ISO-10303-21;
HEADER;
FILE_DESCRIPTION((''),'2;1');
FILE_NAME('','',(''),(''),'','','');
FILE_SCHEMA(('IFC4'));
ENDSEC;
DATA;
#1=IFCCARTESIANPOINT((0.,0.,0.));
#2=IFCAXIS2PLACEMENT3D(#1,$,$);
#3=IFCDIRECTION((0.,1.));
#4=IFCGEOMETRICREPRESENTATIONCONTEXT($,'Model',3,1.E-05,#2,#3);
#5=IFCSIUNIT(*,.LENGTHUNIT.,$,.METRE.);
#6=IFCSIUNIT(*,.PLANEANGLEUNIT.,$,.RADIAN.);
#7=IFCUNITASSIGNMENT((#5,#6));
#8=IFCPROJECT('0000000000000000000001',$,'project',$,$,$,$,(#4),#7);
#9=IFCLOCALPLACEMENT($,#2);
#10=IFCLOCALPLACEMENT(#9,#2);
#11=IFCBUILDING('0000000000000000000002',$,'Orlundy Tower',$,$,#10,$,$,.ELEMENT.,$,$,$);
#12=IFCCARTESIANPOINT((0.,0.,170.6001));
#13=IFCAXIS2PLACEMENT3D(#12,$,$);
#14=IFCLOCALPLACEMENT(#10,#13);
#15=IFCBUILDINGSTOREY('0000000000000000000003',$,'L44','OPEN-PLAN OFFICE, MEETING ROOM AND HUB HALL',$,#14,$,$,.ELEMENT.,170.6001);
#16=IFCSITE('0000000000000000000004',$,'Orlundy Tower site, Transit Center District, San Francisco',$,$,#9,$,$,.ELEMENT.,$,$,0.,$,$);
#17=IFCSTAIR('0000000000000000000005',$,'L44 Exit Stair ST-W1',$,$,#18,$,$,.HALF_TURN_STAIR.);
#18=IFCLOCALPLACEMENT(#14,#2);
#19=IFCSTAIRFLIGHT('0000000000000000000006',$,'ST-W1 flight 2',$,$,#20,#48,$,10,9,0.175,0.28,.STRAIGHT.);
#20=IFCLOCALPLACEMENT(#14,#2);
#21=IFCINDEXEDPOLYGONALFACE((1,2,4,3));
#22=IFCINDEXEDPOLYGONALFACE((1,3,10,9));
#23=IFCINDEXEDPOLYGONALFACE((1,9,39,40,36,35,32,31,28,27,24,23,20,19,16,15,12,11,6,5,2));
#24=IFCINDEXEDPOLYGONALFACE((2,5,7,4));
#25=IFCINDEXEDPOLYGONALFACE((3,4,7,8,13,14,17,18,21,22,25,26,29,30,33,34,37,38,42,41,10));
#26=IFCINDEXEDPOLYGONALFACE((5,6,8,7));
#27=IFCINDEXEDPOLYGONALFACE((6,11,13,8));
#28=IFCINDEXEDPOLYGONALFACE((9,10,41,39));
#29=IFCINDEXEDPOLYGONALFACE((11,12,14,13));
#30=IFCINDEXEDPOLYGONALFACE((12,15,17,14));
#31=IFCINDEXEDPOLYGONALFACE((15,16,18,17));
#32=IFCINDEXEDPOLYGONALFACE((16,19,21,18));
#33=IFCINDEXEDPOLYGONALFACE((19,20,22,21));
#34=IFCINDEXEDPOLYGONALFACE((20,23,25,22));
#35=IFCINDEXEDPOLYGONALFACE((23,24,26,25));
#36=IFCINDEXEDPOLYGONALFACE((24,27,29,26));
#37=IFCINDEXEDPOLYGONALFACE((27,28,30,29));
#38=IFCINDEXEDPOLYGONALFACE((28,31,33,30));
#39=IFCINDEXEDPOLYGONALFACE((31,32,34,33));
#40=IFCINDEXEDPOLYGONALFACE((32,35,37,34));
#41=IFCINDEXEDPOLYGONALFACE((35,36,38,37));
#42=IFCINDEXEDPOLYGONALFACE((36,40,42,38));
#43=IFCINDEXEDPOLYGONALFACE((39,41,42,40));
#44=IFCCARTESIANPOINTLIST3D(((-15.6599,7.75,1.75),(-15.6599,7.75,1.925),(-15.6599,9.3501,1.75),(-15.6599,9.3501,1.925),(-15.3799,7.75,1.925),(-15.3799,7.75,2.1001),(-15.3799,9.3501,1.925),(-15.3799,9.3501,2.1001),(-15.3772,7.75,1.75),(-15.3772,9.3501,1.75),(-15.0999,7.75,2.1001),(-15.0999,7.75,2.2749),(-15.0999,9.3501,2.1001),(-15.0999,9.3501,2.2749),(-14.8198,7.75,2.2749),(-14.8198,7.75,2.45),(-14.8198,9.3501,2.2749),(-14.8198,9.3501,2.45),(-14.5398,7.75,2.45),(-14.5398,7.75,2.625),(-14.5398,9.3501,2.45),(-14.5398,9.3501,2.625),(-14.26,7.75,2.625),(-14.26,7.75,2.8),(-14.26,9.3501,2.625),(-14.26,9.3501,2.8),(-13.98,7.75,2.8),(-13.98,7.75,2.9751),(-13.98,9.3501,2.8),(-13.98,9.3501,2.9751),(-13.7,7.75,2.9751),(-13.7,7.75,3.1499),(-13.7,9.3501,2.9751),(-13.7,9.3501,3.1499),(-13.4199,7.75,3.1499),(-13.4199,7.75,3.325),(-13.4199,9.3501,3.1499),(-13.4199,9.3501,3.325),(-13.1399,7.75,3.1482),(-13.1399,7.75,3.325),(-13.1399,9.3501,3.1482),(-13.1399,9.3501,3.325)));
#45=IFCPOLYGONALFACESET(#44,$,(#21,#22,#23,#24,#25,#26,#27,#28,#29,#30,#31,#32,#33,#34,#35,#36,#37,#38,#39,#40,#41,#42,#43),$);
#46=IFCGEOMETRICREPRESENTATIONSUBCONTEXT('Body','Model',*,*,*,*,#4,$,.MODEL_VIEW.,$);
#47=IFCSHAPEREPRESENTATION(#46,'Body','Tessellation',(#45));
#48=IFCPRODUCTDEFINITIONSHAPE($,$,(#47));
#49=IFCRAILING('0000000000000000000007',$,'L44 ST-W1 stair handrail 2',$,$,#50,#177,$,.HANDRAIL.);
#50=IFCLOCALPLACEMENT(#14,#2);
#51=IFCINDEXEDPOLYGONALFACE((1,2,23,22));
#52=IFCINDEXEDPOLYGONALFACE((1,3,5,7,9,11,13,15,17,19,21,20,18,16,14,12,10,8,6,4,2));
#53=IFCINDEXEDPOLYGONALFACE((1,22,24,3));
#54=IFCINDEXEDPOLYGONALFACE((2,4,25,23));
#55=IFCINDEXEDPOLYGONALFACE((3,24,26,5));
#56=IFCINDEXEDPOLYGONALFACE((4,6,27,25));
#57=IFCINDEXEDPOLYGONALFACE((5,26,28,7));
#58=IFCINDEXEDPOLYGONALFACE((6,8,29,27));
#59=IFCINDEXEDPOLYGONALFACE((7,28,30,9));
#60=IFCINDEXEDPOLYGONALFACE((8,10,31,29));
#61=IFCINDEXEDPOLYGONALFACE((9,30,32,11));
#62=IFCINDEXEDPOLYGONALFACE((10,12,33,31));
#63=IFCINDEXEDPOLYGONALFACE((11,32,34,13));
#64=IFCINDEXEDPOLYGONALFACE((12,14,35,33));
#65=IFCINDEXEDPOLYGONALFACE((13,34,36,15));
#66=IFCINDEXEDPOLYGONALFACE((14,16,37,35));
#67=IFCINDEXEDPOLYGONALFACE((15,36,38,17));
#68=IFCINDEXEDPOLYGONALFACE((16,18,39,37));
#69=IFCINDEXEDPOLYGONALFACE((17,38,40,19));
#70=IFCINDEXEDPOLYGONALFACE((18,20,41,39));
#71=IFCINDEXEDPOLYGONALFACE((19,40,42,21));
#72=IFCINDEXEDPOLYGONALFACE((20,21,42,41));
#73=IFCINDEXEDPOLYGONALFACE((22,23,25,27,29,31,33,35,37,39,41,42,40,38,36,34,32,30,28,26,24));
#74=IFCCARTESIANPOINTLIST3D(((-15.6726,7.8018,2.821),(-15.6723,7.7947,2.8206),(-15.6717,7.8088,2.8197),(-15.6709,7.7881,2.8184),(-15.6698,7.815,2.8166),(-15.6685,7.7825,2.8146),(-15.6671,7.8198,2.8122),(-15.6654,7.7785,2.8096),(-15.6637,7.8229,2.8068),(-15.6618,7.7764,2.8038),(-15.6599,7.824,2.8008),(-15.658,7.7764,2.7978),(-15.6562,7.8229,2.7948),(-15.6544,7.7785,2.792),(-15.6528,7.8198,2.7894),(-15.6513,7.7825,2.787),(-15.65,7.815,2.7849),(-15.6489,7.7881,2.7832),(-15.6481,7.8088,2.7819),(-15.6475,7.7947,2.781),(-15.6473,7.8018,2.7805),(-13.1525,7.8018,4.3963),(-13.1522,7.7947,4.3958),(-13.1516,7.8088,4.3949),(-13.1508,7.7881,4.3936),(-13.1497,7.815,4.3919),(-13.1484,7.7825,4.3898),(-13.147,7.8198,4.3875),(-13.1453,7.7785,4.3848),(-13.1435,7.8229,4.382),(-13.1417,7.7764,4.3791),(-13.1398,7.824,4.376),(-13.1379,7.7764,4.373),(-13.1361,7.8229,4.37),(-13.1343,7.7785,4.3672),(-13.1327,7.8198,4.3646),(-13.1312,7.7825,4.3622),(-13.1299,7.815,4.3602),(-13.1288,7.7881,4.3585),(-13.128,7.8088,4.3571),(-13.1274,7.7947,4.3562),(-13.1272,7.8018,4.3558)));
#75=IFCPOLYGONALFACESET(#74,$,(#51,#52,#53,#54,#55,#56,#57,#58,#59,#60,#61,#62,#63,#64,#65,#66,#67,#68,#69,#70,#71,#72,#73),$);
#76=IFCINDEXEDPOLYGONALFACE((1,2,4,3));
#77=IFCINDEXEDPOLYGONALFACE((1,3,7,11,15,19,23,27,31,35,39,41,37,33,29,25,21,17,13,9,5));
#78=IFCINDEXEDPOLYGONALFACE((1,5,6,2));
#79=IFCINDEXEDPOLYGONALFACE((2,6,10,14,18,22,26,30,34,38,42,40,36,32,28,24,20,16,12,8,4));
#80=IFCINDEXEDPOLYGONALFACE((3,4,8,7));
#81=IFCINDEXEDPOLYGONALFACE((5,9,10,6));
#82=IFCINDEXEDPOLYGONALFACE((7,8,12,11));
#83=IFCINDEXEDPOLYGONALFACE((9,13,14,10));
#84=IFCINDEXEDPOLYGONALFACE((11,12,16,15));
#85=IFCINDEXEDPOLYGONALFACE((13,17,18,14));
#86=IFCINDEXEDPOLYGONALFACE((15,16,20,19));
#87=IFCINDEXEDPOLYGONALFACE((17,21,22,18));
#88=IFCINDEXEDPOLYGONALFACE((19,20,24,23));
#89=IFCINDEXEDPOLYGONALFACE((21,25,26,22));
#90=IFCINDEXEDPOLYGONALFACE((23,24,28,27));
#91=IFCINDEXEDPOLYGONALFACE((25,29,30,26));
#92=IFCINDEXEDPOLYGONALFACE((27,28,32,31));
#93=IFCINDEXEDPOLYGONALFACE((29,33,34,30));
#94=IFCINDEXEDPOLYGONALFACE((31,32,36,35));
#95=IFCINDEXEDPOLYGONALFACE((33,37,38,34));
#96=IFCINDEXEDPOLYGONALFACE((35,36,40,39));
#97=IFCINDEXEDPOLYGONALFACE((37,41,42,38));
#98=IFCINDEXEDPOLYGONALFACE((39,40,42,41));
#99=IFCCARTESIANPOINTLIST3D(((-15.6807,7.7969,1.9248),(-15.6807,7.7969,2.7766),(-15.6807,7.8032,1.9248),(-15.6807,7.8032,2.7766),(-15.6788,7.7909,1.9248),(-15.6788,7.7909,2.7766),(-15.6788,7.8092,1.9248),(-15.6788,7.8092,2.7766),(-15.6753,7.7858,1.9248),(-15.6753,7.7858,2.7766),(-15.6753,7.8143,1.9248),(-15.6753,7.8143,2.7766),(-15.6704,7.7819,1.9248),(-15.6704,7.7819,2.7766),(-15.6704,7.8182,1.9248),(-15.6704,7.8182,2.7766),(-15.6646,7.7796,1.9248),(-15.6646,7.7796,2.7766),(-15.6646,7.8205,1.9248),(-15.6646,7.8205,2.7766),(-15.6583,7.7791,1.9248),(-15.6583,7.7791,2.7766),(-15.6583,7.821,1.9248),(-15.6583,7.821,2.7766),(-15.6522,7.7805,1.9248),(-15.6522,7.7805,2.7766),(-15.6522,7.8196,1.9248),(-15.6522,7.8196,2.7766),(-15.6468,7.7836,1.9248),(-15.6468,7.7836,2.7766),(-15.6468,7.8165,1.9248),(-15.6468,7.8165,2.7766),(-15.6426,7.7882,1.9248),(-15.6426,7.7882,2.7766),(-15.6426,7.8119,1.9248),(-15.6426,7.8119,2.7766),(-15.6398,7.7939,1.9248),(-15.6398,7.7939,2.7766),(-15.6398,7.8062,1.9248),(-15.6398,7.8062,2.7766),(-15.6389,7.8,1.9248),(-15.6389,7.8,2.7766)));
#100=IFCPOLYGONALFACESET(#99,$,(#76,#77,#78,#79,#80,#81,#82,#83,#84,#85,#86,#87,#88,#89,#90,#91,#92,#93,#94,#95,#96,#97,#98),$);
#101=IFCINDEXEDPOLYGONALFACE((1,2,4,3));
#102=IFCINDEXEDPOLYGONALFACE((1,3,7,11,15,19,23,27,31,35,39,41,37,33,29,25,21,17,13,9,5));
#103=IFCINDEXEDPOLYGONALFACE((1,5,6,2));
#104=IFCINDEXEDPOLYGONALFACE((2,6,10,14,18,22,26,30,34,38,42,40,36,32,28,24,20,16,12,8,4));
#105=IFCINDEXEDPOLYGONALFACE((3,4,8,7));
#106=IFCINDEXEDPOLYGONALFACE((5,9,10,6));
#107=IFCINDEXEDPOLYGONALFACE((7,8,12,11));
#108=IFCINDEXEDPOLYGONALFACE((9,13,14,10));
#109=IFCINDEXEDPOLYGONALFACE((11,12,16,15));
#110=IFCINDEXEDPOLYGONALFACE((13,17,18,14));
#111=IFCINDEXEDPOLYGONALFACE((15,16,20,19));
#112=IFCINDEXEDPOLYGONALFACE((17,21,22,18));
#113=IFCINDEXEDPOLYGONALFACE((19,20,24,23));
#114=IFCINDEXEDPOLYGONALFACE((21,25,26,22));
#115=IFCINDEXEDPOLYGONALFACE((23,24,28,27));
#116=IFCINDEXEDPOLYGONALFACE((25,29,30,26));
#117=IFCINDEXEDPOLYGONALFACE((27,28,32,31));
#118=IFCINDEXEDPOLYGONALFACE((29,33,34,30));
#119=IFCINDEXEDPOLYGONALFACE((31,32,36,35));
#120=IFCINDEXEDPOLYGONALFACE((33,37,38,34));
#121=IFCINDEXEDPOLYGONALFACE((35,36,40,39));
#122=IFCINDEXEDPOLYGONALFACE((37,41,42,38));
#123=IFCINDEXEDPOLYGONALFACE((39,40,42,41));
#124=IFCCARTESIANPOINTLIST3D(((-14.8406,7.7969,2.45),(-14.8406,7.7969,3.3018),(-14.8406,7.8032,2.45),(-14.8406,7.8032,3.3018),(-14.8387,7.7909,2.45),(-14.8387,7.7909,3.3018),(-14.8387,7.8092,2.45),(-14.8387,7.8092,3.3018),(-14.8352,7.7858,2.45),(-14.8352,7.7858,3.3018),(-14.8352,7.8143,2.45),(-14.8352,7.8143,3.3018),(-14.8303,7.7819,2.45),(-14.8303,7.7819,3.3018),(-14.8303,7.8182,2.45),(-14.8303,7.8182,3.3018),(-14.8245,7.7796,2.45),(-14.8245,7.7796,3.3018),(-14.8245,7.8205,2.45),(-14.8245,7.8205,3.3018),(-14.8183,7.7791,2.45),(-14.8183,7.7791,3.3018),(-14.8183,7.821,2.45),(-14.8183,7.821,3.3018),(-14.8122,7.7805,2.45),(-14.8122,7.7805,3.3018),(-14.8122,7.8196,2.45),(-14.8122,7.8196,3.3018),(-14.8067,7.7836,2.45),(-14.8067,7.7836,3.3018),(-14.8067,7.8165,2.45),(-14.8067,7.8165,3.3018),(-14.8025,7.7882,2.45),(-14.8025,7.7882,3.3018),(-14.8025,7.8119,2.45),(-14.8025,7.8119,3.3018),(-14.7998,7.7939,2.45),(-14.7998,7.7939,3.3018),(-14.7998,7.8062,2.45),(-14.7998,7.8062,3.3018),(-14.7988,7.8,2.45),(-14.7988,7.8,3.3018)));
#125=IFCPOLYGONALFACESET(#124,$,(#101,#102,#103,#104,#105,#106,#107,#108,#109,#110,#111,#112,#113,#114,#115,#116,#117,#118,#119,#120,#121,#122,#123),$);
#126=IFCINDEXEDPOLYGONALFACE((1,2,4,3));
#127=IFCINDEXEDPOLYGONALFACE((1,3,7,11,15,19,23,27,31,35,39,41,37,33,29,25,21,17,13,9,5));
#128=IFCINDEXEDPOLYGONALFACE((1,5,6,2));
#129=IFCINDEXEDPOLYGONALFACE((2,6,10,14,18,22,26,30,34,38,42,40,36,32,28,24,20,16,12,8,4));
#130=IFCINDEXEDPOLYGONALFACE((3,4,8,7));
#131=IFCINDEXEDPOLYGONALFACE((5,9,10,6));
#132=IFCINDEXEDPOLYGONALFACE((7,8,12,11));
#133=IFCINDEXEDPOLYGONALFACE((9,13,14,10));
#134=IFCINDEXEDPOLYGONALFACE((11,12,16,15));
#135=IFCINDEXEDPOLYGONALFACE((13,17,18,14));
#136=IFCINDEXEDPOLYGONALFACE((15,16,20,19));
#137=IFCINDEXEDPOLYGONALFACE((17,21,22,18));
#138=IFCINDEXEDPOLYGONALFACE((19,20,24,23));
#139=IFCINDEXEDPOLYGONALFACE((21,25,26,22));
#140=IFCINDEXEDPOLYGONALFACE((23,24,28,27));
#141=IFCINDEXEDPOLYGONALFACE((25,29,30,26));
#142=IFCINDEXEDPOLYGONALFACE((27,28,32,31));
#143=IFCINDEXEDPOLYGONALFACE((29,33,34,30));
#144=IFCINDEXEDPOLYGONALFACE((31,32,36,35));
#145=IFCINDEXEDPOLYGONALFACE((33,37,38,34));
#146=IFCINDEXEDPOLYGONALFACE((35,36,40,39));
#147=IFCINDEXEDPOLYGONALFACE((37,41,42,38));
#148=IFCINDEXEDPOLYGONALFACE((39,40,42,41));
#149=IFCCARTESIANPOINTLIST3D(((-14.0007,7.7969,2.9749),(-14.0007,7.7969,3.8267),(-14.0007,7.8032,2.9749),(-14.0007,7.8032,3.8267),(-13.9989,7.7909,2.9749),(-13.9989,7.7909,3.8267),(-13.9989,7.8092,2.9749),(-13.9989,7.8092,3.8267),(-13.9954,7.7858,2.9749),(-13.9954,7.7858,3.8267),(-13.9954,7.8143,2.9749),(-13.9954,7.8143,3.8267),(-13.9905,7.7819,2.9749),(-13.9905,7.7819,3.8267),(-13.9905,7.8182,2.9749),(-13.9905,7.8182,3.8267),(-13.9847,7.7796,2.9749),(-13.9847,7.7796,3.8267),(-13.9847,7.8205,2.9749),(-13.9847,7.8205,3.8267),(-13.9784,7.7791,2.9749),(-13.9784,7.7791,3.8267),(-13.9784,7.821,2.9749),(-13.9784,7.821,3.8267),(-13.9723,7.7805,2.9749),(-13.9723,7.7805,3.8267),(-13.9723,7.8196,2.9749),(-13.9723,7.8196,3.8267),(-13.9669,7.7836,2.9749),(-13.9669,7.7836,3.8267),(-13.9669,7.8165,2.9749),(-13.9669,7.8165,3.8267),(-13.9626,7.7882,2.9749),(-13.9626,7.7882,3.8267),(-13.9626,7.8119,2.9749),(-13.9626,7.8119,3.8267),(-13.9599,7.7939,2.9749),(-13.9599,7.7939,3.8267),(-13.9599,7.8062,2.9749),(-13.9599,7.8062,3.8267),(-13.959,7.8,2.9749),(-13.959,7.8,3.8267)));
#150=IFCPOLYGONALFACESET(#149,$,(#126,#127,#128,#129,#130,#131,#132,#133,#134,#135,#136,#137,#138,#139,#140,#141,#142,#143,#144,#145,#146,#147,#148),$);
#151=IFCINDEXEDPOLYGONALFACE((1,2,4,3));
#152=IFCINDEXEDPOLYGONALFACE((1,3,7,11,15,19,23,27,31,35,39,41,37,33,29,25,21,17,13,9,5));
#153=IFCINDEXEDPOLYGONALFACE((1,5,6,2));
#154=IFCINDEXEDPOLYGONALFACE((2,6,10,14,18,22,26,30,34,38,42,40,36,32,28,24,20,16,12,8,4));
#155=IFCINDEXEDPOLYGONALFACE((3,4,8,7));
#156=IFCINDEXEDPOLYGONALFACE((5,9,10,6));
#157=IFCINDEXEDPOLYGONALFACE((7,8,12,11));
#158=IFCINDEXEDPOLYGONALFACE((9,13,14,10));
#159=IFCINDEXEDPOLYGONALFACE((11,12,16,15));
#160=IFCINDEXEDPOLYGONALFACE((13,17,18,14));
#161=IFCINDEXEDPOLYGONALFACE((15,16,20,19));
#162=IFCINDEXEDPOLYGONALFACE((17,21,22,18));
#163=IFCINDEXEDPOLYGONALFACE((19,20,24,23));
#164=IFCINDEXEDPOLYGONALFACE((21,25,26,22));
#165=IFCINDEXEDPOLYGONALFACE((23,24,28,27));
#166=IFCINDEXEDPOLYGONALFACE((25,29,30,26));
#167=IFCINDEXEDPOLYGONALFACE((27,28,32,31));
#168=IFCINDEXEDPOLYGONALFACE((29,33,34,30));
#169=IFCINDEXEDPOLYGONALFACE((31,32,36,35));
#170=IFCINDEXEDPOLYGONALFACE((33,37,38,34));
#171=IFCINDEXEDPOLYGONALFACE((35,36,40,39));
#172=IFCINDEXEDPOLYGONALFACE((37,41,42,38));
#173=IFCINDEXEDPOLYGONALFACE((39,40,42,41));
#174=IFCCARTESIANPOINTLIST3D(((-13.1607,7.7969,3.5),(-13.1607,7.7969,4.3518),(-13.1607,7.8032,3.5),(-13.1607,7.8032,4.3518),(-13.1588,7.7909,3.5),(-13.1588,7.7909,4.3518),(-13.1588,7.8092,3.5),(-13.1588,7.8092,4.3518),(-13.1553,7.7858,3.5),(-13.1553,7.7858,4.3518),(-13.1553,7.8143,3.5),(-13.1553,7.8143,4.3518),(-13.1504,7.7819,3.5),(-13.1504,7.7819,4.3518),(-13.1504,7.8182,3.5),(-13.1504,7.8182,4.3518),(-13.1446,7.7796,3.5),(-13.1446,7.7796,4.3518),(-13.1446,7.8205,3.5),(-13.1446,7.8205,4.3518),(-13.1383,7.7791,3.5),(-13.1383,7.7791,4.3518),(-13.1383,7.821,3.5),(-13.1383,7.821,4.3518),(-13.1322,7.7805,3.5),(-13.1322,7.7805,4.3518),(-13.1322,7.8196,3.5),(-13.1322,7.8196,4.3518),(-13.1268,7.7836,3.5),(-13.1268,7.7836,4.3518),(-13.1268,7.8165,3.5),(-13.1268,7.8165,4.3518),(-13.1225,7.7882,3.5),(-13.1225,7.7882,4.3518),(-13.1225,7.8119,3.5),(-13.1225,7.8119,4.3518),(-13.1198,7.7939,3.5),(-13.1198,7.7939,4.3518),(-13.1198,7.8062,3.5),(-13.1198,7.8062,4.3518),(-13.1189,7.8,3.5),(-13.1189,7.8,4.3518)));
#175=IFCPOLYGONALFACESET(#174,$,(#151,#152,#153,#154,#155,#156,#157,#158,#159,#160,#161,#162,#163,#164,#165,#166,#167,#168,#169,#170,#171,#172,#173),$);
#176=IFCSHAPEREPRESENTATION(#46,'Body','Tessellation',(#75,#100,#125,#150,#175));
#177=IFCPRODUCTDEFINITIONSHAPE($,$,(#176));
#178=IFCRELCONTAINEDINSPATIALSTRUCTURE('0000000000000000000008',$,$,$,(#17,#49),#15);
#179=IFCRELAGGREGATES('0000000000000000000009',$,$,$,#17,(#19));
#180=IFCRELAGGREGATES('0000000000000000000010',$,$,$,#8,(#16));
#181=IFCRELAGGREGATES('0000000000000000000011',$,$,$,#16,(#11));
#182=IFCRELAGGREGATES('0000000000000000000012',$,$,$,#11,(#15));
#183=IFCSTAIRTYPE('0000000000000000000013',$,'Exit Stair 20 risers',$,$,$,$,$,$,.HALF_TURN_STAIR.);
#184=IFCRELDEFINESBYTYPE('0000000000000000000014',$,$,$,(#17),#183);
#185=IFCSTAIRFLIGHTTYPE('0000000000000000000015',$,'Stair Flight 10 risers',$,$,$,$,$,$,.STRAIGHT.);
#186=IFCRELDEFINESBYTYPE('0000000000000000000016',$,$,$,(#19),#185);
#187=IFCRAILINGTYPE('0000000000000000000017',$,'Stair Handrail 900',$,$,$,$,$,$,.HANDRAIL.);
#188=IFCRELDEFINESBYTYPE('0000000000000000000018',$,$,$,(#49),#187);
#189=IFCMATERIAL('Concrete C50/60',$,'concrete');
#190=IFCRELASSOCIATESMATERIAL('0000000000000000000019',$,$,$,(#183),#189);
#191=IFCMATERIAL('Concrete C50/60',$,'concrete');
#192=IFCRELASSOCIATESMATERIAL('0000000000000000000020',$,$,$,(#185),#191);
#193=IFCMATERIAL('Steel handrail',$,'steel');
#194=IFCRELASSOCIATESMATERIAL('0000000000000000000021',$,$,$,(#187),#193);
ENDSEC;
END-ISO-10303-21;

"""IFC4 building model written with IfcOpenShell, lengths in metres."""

from ifc_helpers import new_model, si_unit, direction, frame, origin, origin_2d, place, context, subcontext, project, spatial, polyline, circle, outline, extrude, material, type_object, element, aggregate, save


model = new_model("IFC4")

# Units and contexts
model_context = context("Model", 3, precision=1e-05, world=origin(), true_north=direction((0.0, 1.0)))
body_context = subcontext(model_context, "Body", "Model", "MODEL_VIEW")
ifc_project = project(units=[si_unit("LENGTHUNIT", "METRE"), si_unit("PLANEANGLEUNIT", "RADIAN")], contexts=[model_context])

# Site, building, storey
site_placement = place(None, origin())
site = spatial("IfcSite", under=ifc_project, at=site_placement, Name="Orlundy Tower site, Transit Center District, San Francisco", CompositionType="ELEMENT", RefElevation=0.0)
building_placement = place(site_placement, origin())
building = spatial("IfcBuilding", under=site, at=building_placement, Name="Orlundy Tower", CompositionType="ELEMENT")
storey_placement = place(building_placement, frame((0.0, 0.0, 170.6001)))
storey = spatial("IfcBuildingStorey", under=building, at=storey_placement, Name="L44", Description="OPEN-PLAN OFFICE, MEETING ROOM AND HUB HALL", CompositionType="ELEMENT", Elevation=170.6001)

# Stair, stair flight
ifc_material_1 = material(Name="Concrete C50/60", Category="concrete")
stair_type = type_object("IfcStairType", Name="Exit Stair 20 risers", PredefinedType="HALF_TURN_STAIR", material=ifc_material_1)
stair_placement = place(storey_placement, origin())
stair = element("IfcStair", 1, at=stair_placement, inside=storey, type_object=stair_type, Name="L44 Exit Stair ST-W1", PredefinedType="HALF_TURN_STAIR")
ifc_material_2 = material(Name="Concrete C50/60", Category="concrete")
stair_flight_type = type_object("IfcStairFlightType", Name="Stair Flight 10 risers", PredefinedType="STRAIGHT", material=ifc_material_2)
stair_flight_placement = place(storey_placement, frame((-15.6599, 8.55, 1.75), z_axis=(0.0, 0.0, 1.0), x_axis=(1.0, 0.0, 0.0)))
stair_flight = element("IfcStairFlight", 2, at=stair_flight_placement, type_object=stair_flight_type, Name="ST-W1 flight 2", NumberOfRisers=10, NumberOfTreads=9, PredefinedType="STRAIGHT", RiserHeight=0.175, TreadLength=0.28, context=body_context, shape_type="SweptSolid", body=[
    extrude(outline(polyline([(0.0, 0.0), (0.0, 0.175), (0.28, 0.175), (0.28, 0.3501), (0.5601, 0.3501), (0.5601, 0.5249), (0.8401, 0.5249), (0.8401, 0.7), (1.1201, 0.7), (1.1201, 0.875), (1.3999, 0.875), (1.3999, 1.05), (1.6799, 1.05), (1.6799, 1.2251), (1.96, 1.2251), (1.96, 1.3999), (2.24, 1.3999), (2.24, 1.575), (2.52, 1.575), (2.52, 1.75), (2.52, 1.3982), (0.2827, 0.0), (0.0, 0.0)])), frame((0.0, 0.8, 0.0), z_axis=(0.0, -1.0, 0.0), x_axis=(1.0, 0.0, 0.0)), (0.0, 0.0, 1.0), 1.6001),
])
aggregate(stair, [stair_flight])

# Railing
ifc_material_3 = material(Name="Steel handrail", Category="steel")
railing_type = type_object("IfcRailingType", Name="Stair Handrail 900", PredefinedType="HANDRAIL", material=ifc_material_3)
railing_placement = place(storey_placement, frame((-15.6599, 7.8, 1.9248)))
element("IfcRailing", 3, at=railing_placement, inside=storey, type_object=railing_type, Name="L44 ST-W1 stair handrail 2", PredefinedType="HANDRAIL", context=body_context, shape_type="SweptSolid", body=[
    extrude(circle(Radius=0.0239, at=origin_2d()), frame((0.0, 0.0, 0.876), z_axis=(0.847971, 0.0, 0.530043), x_axis=(0.0, 1.0, 0.0)), (0.0, 0.0, 1.0), 2.9719),
    extrude(circle(Radius=0.021, at=origin_2d()), origin(), (0.0, 0.0, 1.0), 0.8518),
    extrude(circle(Radius=0.021, at=origin_2d()), frame((0.8401, 0.0, 0.5251)), (0.0, 0.0, 1.0), 0.8518),
    extrude(circle(Radius=0.021, at=origin_2d()), frame((1.6799, 0.0, 1.05)), (0.0, 0.0, 1.0), 0.8518),
    extrude(circle(Radius=0.021, at=origin_2d()), frame((2.52, 0.0, 1.5752)), (0.0, 0.0, 1.0), 0.8518),
])

save(model, "model.ifc")
